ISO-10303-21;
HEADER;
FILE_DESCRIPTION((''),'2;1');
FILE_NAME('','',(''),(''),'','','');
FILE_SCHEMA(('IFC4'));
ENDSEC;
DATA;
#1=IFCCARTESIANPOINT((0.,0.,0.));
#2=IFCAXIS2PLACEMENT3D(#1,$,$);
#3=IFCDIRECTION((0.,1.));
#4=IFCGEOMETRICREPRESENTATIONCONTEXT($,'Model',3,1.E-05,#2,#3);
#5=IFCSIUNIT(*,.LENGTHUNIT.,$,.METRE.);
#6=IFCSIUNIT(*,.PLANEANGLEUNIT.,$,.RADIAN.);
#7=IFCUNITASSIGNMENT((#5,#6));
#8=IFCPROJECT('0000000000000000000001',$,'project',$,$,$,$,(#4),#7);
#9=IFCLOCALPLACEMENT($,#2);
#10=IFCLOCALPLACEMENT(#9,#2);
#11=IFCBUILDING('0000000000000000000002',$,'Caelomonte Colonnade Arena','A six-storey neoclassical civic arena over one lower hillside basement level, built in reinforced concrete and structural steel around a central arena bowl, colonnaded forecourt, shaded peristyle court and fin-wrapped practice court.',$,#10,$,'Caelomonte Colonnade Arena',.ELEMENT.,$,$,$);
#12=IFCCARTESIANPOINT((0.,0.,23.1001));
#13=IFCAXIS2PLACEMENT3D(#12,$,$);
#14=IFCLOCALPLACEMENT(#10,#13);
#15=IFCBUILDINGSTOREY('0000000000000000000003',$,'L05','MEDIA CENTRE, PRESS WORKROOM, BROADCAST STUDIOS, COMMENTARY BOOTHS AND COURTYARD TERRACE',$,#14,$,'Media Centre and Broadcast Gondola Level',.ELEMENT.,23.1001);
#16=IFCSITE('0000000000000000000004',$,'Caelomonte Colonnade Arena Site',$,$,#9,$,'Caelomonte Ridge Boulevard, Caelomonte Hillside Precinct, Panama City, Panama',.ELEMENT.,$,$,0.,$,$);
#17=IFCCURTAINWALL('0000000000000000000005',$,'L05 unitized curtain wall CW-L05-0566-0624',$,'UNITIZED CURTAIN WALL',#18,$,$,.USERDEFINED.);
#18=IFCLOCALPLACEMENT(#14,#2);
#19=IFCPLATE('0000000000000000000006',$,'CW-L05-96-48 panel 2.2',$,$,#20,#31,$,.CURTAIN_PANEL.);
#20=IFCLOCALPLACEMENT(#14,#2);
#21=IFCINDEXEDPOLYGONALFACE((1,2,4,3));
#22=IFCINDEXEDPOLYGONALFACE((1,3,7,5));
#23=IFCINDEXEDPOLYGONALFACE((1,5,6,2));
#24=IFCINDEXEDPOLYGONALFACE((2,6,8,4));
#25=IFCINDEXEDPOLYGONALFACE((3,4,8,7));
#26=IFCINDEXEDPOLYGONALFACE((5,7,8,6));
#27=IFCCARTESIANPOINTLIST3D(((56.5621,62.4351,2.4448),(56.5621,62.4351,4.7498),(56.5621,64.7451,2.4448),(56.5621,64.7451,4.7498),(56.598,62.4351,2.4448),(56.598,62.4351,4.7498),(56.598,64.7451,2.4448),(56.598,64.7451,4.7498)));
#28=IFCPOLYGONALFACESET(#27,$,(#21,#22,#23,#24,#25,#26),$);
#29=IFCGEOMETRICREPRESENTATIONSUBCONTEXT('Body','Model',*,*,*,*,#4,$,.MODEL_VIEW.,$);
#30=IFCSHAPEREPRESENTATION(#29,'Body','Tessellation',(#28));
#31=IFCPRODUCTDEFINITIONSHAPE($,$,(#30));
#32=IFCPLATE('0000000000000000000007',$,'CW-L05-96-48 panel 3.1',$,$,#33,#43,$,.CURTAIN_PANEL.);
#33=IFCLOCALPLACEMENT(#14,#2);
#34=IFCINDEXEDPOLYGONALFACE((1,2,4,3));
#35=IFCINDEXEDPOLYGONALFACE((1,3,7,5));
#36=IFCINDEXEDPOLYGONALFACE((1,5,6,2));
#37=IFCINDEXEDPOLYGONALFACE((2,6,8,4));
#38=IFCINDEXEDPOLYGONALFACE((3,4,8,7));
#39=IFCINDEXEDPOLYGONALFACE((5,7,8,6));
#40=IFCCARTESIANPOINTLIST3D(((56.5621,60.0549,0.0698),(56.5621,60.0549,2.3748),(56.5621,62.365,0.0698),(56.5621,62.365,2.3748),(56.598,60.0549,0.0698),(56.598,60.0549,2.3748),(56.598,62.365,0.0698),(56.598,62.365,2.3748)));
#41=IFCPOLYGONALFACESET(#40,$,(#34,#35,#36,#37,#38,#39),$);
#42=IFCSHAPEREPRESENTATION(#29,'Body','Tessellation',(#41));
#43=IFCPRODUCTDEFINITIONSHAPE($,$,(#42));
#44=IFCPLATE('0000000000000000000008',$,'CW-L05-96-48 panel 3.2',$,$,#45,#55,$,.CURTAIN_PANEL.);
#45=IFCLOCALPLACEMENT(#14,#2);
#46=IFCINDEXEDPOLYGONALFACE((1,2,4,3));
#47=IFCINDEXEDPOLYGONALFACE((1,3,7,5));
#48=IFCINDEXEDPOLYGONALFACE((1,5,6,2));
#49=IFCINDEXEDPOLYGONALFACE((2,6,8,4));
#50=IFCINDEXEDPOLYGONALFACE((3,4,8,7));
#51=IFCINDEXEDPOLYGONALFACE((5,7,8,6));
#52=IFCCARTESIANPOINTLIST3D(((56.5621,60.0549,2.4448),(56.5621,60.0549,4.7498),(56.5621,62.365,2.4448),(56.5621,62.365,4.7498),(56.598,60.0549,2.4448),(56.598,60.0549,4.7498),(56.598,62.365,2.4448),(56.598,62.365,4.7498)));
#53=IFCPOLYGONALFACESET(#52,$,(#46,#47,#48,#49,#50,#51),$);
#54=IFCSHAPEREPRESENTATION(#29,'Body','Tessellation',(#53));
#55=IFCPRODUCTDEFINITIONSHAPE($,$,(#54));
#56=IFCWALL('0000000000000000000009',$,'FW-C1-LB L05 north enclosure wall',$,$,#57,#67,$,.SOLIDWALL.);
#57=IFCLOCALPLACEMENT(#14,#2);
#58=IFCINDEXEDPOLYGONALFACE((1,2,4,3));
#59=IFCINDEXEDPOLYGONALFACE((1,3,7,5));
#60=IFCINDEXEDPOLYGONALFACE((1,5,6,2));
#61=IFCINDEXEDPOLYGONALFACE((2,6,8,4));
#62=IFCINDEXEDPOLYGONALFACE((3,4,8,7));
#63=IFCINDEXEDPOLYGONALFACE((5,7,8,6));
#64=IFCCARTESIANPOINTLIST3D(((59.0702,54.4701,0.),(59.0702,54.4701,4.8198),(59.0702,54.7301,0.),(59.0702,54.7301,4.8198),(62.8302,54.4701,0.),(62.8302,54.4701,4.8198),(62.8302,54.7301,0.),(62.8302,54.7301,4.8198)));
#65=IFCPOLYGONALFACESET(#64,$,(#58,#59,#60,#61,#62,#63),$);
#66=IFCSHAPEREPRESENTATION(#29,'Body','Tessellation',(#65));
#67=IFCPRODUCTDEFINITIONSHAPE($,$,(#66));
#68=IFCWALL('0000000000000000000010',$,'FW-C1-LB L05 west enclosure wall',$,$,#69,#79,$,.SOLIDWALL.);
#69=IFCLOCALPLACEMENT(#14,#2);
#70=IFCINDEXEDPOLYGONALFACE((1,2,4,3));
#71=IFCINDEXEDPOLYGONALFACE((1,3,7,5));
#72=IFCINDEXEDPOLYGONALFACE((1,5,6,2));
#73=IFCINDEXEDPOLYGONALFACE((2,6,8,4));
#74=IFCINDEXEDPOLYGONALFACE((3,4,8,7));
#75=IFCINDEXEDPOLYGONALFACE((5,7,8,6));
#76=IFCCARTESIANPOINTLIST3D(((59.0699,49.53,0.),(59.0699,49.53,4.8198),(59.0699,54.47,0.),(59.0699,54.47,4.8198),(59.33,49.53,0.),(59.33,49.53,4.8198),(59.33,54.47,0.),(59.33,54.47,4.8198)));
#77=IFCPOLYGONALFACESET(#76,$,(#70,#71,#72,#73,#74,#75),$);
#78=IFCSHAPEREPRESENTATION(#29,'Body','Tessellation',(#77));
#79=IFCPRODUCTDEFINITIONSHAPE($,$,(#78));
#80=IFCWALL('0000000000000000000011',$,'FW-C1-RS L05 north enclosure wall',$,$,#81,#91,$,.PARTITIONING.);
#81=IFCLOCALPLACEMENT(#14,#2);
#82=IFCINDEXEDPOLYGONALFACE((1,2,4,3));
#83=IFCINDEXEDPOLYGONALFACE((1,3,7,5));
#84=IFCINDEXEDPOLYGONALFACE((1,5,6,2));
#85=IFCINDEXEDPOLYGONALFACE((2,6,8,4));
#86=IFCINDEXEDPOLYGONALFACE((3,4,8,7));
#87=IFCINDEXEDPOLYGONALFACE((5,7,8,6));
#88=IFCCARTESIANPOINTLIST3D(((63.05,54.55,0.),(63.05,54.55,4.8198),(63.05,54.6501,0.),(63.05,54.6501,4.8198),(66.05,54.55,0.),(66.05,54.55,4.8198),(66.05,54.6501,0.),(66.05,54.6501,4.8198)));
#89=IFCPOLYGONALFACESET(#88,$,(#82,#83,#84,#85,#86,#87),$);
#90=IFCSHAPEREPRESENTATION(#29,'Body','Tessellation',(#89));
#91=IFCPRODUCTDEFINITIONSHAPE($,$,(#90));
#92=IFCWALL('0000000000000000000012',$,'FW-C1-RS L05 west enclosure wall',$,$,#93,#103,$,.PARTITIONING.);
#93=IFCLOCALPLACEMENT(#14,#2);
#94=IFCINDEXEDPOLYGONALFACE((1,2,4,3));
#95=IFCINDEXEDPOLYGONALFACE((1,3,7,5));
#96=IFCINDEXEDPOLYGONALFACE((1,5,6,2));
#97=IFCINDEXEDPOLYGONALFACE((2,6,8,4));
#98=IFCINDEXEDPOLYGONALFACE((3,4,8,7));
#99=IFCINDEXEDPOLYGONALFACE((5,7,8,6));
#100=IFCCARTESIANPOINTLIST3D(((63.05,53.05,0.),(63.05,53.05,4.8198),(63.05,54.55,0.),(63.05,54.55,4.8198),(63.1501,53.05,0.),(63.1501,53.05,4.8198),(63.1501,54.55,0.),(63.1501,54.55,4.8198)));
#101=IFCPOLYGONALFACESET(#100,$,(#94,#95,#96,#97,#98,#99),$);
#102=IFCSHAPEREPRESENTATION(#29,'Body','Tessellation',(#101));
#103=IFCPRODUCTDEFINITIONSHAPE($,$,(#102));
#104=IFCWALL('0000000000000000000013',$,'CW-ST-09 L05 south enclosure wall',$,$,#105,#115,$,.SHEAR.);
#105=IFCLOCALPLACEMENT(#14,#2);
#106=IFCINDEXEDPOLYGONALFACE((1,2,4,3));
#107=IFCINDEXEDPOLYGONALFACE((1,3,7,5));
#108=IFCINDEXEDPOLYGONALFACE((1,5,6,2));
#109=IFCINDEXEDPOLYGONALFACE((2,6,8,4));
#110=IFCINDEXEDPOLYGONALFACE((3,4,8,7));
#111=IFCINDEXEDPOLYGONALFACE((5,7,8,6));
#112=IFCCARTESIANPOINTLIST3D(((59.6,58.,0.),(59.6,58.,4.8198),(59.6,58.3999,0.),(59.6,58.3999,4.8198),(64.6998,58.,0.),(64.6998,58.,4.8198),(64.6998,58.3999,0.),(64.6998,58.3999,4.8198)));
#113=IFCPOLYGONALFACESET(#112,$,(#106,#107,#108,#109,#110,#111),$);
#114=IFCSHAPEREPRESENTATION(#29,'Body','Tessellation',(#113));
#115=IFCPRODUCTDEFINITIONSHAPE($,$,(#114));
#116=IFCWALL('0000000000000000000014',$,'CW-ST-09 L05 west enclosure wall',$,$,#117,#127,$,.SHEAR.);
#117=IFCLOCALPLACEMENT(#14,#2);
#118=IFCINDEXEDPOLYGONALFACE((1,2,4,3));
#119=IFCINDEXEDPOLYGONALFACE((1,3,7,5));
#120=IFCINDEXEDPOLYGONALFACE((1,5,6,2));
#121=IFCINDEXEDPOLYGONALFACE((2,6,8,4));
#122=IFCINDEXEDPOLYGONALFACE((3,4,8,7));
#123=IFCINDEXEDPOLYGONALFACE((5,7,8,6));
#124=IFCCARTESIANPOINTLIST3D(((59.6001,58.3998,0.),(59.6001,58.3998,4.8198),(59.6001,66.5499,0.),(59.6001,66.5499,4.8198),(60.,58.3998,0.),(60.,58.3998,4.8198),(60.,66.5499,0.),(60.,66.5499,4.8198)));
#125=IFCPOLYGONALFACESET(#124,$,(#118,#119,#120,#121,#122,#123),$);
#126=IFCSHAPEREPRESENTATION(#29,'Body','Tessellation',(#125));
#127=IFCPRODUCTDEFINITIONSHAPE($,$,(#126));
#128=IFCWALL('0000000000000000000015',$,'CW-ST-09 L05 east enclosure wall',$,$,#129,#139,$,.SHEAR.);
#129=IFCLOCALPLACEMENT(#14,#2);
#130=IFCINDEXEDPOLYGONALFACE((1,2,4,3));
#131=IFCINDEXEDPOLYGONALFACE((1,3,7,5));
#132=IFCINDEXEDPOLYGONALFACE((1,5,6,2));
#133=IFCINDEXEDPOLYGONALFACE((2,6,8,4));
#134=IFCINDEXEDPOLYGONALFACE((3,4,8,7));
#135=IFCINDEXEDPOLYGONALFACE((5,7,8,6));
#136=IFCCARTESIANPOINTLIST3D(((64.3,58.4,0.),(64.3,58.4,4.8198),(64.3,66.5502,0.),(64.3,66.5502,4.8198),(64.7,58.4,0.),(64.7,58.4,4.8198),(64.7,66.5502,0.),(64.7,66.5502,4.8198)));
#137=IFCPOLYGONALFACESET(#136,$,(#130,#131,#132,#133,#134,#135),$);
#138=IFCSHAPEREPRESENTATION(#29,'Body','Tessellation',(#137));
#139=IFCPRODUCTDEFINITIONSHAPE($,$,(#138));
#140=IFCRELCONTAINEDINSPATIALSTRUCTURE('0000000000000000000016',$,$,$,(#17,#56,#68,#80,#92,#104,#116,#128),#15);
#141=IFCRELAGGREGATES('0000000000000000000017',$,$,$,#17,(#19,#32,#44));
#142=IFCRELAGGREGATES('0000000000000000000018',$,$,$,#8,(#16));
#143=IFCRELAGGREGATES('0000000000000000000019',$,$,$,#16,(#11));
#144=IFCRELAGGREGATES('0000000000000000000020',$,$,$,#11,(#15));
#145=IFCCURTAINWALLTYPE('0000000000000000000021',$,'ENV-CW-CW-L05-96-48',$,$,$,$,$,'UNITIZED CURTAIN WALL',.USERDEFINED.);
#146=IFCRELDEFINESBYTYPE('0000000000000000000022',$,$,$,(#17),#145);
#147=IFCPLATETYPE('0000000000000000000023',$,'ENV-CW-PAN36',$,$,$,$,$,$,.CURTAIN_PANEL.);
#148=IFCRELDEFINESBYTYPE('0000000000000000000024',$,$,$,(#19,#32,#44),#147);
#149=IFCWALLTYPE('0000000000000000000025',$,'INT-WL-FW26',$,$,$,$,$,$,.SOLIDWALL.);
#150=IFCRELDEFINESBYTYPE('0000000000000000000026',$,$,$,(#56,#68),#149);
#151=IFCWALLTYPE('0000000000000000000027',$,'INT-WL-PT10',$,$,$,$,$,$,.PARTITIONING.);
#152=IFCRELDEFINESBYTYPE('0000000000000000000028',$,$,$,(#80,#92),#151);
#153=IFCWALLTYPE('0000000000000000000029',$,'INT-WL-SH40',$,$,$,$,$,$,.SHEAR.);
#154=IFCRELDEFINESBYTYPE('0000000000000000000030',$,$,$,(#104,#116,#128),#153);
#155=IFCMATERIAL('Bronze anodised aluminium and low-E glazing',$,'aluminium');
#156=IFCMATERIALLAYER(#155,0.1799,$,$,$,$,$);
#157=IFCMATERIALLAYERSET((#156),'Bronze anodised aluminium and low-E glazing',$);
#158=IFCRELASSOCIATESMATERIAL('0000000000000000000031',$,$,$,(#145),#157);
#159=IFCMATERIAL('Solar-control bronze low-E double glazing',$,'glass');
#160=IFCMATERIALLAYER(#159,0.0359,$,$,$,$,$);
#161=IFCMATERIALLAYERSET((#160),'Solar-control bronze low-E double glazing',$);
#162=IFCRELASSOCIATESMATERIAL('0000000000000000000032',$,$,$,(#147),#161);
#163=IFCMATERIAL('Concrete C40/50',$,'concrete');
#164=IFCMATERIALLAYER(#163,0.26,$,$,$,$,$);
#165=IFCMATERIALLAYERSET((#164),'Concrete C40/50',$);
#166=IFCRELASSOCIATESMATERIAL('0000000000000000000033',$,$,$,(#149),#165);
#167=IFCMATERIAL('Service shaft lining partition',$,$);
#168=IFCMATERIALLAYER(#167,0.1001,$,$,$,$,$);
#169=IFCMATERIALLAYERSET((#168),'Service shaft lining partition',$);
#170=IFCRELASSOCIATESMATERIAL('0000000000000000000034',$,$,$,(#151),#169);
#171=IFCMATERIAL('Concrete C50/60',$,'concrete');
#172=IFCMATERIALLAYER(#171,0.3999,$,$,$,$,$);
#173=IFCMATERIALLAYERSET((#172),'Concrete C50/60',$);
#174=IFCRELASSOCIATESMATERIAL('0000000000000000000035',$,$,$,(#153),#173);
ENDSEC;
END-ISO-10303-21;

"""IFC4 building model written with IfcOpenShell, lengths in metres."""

from ifc_helpers import new_model, si_unit, direction, frame, frame_2d, origin, origin_2d, place, context, subcontext, project, spatial, rectangle, extrude, material, layer, layer_set, type_object, element, aggregate, save


model = new_model("IFC4")

# Units and contexts
model_context = context("Model", 3, precision=1e-05, world=origin(), true_north=direction((0.0, 1.0)))
body_context = subcontext(model_context, "Body", "Model", "MODEL_VIEW")
ifc_project = project(units=[si_unit("LENGTHUNIT", "METRE"), si_unit("PLANEANGLEUNIT", "RADIAN")], contexts=[model_context])

# Site, building, storey
site_placement = place(None, origin())
site = spatial("IfcSite", under=ifc_project, at=site_placement, Name="Caelomonte Colonnade Arena Site", LongName="Caelomonte Ridge Boulevard, Caelomonte Hillside Precinct, Panama City, Panama", CompositionType="ELEMENT", RefElevation=0.0)
building_placement = place(site_placement, origin())
building = spatial("IfcBuilding", under=site, at=building_placement, Name="Caelomonte Colonnade Arena", Description="A six-storey neoclassical civic arena over one lower hillside basement level, built in reinforced concrete and structural steel around a central arena bowl, colonnaded forecourt, shaded peristyle court and fin-wrapped practice court.", LongName="Caelomonte Colonnade Arena", CompositionType="ELEMENT")
storey_placement = place(building_placement, frame((0.0, 0.0, 23.1001)))
storey = spatial("IfcBuildingStorey", under=building, at=storey_placement, Name="L05", Description="MEDIA CENTRE, PRESS WORKROOM, BROADCAST STUDIOS, COMMENTARY BOOTHS AND COURTYARD TERRACE", LongName="Media Centre and Broadcast Gondola Level", CompositionType="ELEMENT", Elevation=23.1001)

# Curtain wall
ifc_material_1 = material(Name="Bronze anodised aluminium and low-E glazing", Category="aluminium")
ifc_layer_1 = layer(ifc_material_1, 0.1799)
ifc_layer_set_1 = layer_set([ifc_layer_1], Name="Bronze anodised aluminium and low-E glazing")
curtain_wall_type = type_object("IfcCurtainWallType", Name="ENV-CW-CW-L05-96-48", ElementType="UNITIZED CURTAIN WALL", PredefinedType="USERDEFINED", material=ifc_layer_set_1)
curtain_wall_placement = place(storey_placement, origin())
curtain_wall = element("IfcCurtainWall", 1, at=curtain_wall_placement, inside=storey, type_object=curtain_wall_type, Name="L05 unitized curtain wall CW-L05-0566-0624", ObjectType="UNITIZED CURTAIN WALL", PredefinedType="USERDEFINED")

# Plates
ifc_material_2 = material(Name="Solar-control bronze low-E double glazing", Category="glass")
ifc_layer_2 = layer(ifc_material_2, 0.0359)
ifc_layer_set_2 = layer_set([ifc_layer_2], Name="Solar-control bronze low-E double glazing")
plate_type = type_object("IfcPlateType", Name="ENV-CW-PAN36", PredefinedType="CURTAIN_PANEL", material=ifc_layer_set_2)
plate_1_placement = place(storey_placement, frame((56.5801, 63.5901, 2.4448), z_axis=(0.0, 0.0, 1.0), x_axis=(0.0, -1.0, 0.0)))
plate_1 = element("IfcPlate", 2, at=plate_1_placement, type_object=plate_type, Name="CW-L05-96-48 panel 2.2", PredefinedType="CURTAIN_PANEL", context=body_context, shape_type="SweptSolid", body=[
    extrude(rectangle(XDim=2.3101, YDim=0.0359, at=origin_2d()), origin(), (0.0, 0.0, 1.0), 2.3049),
])
plate_2_placement = place(storey_placement, frame((56.5801, 61.21, 0.0698), z_axis=(0.0, 0.0, 1.0), x_axis=(0.0, -1.0, 0.0)))
plate_2 = element("IfcPlate", 3, at=plate_2_placement, type_object=plate_type, Name="CW-L05-96-48 panel 3.1", PredefinedType="CURTAIN_PANEL", context=body_context, shape_type="SweptSolid", body=[
    extrude(rectangle(XDim=2.3101, YDim=0.0359, at=origin_2d()), origin(), (0.0, 0.0, 1.0), 2.3049),
])
plate_3_placement = place(storey_placement, frame((56.5801, 61.21, 2.4448), z_axis=(0.0, 0.0, 1.0), x_axis=(0.0, -1.0, 0.0)))
plate_3 = element("IfcPlate", 4, at=plate_3_placement, type_object=plate_type, Name="CW-L05-96-48 panel 3.2", PredefinedType="CURTAIN_PANEL", context=body_context, shape_type="SweptSolid", body=[
    extrude(rectangle(XDim=2.3101, YDim=0.0359, at=origin_2d()), origin(), (0.0, 0.0, 1.0), 2.3049),
])
aggregate(curtain_wall, [plate_1, plate_2, plate_3])

# Walls
ifc_material_3 = material(Name="Concrete C40/50", Category="concrete")
ifc_layer_3 = layer(ifc_material_3, 0.26)
ifc_layer_set_3 = layer_set([ifc_layer_3], Name="Concrete C40/50")
wall_type_1 = type_object("IfcWallType", Name="INT-WL-FW26", PredefinedType="SOLIDWALL", material=ifc_layer_set_3)
wall_1_placement = place(storey_placement, frame((62.8301, 54.6001, 0.0), z_axis=(0.0, 0.0, 1.0), x_axis=(-1.0, 0.0, 0.0)))
element("IfcWall", 5, at=wall_1_placement, inside=storey, type_object=wall_type_1, Name="FW-C1-LB L05 north enclosure wall", PredefinedType="SOLIDWALL", context=body_context, shape_type="SweptSolid", body=[
    extrude(rectangle(XDim=3.76, YDim=0.26, at=frame_2d((1.8799, 0.0))), origin(), (0.0, 0.0, 1.0), 4.8198),
])
wall_2_placement = place(storey_placement, frame((59.2, 54.47, 0.0), z_axis=(0.0, 0.0, 1.0), x_axis=(0.0, -1.0, 0.0)))
element("IfcWall", 6, at=wall_2_placement, inside=storey, type_object=wall_type_1, Name="FW-C1-LB L05 west enclosure wall", PredefinedType="SOLIDWALL", context=body_context, shape_type="SweptSolid", body=[
    extrude(rectangle(XDim=4.9399, YDim=0.26, at=frame_2d((2.47, 0.0))), origin(), (0.0, 0.0, 1.0), 4.8198),
])
ifc_material_4 = material(Name="Service shaft lining partition")
ifc_layer_4 = layer(ifc_material_4, 0.1001)
ifc_layer_set_4 = layer_set([ifc_layer_4], Name="Service shaft lining partition")
wall_type_2 = type_object("IfcWallType", Name="INT-WL-PT10", PredefinedType="PARTITIONING", material=ifc_layer_set_4)
wall_3_placement = place(storey_placement, frame((66.05, 54.6001, 0.0), z_axis=(0.0, 0.0, 1.0), x_axis=(-1.0, 0.0, 0.0)))
element("IfcWall", 7, at=wall_3_placement, inside=storey, type_object=wall_type_2, Name="FW-C1-RS L05 north enclosure wall", PredefinedType="PARTITIONING", context=body_context, shape_type="SweptSolid", body=[
    extrude(rectangle(XDim=3.0, YDim=0.1001, at=frame_2d((1.5, 0.0))), origin(), (0.0, 0.0, 1.0), 4.8198),
])
wall_4_placement = place(storey_placement, frame((63.1001, 54.55, 0.0), z_axis=(0.0, 0.0, 1.0), x_axis=(0.0, -1.0, 0.0)))
element("IfcWall", 8, at=wall_4_placement, inside=storey, type_object=wall_type_2, Name="FW-C1-RS L05 west enclosure wall", PredefinedType="PARTITIONING", context=body_context, shape_type="SweptSolid", body=[
    extrude(rectangle(XDim=1.5, YDim=0.1001, at=frame_2d((0.75, 0.0))), origin(), (0.0, 0.0, 1.0), 4.8198),
])
ifc_material_5 = material(Name="Concrete C50/60", Category="concrete")
ifc_layer_5 = layer(ifc_material_5, 0.3999)
ifc_layer_set_5 = layer_set([ifc_layer_5], Name="Concrete C50/60")
wall_type_3 = type_object("IfcWallType", Name="INT-WL-SH40", PredefinedType="SHEAR", material=ifc_layer_set_5)
wall_5_placement = place(storey_placement, frame((59.6001, 58.2, 0.0), z_axis=(0.0, 0.0, 1.0), x_axis=(1.0, 0.0, 0.0)))
element("IfcWall", 9, at=wall_5_placement, inside=storey, type_object=wall_type_3, Name="CW-ST-09 L05 south enclosure wall", PredefinedType="SHEAR", context=body_context, shape_type="SweptSolid", body=[
    extrude(rectangle(XDim=5.0999, YDim=0.3999, at=frame_2d((2.5498, 0.0))), origin(), (0.0, 0.0, 1.0), 4.8198),
])
for number, where, z_axis, x_axis, name in (
    (10, (59.8, 66.55, 0.0), (0.0, 0.0, 1.0), (0.0, -1.0, 0.0), "CW-ST-09 L05 west enclosure wall"),
    (11, (64.5, 58.3999, 0.0), (0.0, 0.0, 1.0), (0.0, 1.0, 0.0), "CW-ST-09 L05 east enclosure wall"),
):
    element("IfcWall", number, at=place(storey_placement, frame(where, z_axis=z_axis, x_axis=x_axis)), inside=storey, type_object=wall_type_3, Name=name, PredefinedType="SHEAR", context=body_context, shape_type="SweptSolid", body=[
        extrude(rectangle(XDim=8.1501, YDim=0.3999, at=frame_2d((4.0752, 0.0))), origin(), (0.0, 0.0, 1.0), 4.8198),
    ])

save(model, "model.ifc")
